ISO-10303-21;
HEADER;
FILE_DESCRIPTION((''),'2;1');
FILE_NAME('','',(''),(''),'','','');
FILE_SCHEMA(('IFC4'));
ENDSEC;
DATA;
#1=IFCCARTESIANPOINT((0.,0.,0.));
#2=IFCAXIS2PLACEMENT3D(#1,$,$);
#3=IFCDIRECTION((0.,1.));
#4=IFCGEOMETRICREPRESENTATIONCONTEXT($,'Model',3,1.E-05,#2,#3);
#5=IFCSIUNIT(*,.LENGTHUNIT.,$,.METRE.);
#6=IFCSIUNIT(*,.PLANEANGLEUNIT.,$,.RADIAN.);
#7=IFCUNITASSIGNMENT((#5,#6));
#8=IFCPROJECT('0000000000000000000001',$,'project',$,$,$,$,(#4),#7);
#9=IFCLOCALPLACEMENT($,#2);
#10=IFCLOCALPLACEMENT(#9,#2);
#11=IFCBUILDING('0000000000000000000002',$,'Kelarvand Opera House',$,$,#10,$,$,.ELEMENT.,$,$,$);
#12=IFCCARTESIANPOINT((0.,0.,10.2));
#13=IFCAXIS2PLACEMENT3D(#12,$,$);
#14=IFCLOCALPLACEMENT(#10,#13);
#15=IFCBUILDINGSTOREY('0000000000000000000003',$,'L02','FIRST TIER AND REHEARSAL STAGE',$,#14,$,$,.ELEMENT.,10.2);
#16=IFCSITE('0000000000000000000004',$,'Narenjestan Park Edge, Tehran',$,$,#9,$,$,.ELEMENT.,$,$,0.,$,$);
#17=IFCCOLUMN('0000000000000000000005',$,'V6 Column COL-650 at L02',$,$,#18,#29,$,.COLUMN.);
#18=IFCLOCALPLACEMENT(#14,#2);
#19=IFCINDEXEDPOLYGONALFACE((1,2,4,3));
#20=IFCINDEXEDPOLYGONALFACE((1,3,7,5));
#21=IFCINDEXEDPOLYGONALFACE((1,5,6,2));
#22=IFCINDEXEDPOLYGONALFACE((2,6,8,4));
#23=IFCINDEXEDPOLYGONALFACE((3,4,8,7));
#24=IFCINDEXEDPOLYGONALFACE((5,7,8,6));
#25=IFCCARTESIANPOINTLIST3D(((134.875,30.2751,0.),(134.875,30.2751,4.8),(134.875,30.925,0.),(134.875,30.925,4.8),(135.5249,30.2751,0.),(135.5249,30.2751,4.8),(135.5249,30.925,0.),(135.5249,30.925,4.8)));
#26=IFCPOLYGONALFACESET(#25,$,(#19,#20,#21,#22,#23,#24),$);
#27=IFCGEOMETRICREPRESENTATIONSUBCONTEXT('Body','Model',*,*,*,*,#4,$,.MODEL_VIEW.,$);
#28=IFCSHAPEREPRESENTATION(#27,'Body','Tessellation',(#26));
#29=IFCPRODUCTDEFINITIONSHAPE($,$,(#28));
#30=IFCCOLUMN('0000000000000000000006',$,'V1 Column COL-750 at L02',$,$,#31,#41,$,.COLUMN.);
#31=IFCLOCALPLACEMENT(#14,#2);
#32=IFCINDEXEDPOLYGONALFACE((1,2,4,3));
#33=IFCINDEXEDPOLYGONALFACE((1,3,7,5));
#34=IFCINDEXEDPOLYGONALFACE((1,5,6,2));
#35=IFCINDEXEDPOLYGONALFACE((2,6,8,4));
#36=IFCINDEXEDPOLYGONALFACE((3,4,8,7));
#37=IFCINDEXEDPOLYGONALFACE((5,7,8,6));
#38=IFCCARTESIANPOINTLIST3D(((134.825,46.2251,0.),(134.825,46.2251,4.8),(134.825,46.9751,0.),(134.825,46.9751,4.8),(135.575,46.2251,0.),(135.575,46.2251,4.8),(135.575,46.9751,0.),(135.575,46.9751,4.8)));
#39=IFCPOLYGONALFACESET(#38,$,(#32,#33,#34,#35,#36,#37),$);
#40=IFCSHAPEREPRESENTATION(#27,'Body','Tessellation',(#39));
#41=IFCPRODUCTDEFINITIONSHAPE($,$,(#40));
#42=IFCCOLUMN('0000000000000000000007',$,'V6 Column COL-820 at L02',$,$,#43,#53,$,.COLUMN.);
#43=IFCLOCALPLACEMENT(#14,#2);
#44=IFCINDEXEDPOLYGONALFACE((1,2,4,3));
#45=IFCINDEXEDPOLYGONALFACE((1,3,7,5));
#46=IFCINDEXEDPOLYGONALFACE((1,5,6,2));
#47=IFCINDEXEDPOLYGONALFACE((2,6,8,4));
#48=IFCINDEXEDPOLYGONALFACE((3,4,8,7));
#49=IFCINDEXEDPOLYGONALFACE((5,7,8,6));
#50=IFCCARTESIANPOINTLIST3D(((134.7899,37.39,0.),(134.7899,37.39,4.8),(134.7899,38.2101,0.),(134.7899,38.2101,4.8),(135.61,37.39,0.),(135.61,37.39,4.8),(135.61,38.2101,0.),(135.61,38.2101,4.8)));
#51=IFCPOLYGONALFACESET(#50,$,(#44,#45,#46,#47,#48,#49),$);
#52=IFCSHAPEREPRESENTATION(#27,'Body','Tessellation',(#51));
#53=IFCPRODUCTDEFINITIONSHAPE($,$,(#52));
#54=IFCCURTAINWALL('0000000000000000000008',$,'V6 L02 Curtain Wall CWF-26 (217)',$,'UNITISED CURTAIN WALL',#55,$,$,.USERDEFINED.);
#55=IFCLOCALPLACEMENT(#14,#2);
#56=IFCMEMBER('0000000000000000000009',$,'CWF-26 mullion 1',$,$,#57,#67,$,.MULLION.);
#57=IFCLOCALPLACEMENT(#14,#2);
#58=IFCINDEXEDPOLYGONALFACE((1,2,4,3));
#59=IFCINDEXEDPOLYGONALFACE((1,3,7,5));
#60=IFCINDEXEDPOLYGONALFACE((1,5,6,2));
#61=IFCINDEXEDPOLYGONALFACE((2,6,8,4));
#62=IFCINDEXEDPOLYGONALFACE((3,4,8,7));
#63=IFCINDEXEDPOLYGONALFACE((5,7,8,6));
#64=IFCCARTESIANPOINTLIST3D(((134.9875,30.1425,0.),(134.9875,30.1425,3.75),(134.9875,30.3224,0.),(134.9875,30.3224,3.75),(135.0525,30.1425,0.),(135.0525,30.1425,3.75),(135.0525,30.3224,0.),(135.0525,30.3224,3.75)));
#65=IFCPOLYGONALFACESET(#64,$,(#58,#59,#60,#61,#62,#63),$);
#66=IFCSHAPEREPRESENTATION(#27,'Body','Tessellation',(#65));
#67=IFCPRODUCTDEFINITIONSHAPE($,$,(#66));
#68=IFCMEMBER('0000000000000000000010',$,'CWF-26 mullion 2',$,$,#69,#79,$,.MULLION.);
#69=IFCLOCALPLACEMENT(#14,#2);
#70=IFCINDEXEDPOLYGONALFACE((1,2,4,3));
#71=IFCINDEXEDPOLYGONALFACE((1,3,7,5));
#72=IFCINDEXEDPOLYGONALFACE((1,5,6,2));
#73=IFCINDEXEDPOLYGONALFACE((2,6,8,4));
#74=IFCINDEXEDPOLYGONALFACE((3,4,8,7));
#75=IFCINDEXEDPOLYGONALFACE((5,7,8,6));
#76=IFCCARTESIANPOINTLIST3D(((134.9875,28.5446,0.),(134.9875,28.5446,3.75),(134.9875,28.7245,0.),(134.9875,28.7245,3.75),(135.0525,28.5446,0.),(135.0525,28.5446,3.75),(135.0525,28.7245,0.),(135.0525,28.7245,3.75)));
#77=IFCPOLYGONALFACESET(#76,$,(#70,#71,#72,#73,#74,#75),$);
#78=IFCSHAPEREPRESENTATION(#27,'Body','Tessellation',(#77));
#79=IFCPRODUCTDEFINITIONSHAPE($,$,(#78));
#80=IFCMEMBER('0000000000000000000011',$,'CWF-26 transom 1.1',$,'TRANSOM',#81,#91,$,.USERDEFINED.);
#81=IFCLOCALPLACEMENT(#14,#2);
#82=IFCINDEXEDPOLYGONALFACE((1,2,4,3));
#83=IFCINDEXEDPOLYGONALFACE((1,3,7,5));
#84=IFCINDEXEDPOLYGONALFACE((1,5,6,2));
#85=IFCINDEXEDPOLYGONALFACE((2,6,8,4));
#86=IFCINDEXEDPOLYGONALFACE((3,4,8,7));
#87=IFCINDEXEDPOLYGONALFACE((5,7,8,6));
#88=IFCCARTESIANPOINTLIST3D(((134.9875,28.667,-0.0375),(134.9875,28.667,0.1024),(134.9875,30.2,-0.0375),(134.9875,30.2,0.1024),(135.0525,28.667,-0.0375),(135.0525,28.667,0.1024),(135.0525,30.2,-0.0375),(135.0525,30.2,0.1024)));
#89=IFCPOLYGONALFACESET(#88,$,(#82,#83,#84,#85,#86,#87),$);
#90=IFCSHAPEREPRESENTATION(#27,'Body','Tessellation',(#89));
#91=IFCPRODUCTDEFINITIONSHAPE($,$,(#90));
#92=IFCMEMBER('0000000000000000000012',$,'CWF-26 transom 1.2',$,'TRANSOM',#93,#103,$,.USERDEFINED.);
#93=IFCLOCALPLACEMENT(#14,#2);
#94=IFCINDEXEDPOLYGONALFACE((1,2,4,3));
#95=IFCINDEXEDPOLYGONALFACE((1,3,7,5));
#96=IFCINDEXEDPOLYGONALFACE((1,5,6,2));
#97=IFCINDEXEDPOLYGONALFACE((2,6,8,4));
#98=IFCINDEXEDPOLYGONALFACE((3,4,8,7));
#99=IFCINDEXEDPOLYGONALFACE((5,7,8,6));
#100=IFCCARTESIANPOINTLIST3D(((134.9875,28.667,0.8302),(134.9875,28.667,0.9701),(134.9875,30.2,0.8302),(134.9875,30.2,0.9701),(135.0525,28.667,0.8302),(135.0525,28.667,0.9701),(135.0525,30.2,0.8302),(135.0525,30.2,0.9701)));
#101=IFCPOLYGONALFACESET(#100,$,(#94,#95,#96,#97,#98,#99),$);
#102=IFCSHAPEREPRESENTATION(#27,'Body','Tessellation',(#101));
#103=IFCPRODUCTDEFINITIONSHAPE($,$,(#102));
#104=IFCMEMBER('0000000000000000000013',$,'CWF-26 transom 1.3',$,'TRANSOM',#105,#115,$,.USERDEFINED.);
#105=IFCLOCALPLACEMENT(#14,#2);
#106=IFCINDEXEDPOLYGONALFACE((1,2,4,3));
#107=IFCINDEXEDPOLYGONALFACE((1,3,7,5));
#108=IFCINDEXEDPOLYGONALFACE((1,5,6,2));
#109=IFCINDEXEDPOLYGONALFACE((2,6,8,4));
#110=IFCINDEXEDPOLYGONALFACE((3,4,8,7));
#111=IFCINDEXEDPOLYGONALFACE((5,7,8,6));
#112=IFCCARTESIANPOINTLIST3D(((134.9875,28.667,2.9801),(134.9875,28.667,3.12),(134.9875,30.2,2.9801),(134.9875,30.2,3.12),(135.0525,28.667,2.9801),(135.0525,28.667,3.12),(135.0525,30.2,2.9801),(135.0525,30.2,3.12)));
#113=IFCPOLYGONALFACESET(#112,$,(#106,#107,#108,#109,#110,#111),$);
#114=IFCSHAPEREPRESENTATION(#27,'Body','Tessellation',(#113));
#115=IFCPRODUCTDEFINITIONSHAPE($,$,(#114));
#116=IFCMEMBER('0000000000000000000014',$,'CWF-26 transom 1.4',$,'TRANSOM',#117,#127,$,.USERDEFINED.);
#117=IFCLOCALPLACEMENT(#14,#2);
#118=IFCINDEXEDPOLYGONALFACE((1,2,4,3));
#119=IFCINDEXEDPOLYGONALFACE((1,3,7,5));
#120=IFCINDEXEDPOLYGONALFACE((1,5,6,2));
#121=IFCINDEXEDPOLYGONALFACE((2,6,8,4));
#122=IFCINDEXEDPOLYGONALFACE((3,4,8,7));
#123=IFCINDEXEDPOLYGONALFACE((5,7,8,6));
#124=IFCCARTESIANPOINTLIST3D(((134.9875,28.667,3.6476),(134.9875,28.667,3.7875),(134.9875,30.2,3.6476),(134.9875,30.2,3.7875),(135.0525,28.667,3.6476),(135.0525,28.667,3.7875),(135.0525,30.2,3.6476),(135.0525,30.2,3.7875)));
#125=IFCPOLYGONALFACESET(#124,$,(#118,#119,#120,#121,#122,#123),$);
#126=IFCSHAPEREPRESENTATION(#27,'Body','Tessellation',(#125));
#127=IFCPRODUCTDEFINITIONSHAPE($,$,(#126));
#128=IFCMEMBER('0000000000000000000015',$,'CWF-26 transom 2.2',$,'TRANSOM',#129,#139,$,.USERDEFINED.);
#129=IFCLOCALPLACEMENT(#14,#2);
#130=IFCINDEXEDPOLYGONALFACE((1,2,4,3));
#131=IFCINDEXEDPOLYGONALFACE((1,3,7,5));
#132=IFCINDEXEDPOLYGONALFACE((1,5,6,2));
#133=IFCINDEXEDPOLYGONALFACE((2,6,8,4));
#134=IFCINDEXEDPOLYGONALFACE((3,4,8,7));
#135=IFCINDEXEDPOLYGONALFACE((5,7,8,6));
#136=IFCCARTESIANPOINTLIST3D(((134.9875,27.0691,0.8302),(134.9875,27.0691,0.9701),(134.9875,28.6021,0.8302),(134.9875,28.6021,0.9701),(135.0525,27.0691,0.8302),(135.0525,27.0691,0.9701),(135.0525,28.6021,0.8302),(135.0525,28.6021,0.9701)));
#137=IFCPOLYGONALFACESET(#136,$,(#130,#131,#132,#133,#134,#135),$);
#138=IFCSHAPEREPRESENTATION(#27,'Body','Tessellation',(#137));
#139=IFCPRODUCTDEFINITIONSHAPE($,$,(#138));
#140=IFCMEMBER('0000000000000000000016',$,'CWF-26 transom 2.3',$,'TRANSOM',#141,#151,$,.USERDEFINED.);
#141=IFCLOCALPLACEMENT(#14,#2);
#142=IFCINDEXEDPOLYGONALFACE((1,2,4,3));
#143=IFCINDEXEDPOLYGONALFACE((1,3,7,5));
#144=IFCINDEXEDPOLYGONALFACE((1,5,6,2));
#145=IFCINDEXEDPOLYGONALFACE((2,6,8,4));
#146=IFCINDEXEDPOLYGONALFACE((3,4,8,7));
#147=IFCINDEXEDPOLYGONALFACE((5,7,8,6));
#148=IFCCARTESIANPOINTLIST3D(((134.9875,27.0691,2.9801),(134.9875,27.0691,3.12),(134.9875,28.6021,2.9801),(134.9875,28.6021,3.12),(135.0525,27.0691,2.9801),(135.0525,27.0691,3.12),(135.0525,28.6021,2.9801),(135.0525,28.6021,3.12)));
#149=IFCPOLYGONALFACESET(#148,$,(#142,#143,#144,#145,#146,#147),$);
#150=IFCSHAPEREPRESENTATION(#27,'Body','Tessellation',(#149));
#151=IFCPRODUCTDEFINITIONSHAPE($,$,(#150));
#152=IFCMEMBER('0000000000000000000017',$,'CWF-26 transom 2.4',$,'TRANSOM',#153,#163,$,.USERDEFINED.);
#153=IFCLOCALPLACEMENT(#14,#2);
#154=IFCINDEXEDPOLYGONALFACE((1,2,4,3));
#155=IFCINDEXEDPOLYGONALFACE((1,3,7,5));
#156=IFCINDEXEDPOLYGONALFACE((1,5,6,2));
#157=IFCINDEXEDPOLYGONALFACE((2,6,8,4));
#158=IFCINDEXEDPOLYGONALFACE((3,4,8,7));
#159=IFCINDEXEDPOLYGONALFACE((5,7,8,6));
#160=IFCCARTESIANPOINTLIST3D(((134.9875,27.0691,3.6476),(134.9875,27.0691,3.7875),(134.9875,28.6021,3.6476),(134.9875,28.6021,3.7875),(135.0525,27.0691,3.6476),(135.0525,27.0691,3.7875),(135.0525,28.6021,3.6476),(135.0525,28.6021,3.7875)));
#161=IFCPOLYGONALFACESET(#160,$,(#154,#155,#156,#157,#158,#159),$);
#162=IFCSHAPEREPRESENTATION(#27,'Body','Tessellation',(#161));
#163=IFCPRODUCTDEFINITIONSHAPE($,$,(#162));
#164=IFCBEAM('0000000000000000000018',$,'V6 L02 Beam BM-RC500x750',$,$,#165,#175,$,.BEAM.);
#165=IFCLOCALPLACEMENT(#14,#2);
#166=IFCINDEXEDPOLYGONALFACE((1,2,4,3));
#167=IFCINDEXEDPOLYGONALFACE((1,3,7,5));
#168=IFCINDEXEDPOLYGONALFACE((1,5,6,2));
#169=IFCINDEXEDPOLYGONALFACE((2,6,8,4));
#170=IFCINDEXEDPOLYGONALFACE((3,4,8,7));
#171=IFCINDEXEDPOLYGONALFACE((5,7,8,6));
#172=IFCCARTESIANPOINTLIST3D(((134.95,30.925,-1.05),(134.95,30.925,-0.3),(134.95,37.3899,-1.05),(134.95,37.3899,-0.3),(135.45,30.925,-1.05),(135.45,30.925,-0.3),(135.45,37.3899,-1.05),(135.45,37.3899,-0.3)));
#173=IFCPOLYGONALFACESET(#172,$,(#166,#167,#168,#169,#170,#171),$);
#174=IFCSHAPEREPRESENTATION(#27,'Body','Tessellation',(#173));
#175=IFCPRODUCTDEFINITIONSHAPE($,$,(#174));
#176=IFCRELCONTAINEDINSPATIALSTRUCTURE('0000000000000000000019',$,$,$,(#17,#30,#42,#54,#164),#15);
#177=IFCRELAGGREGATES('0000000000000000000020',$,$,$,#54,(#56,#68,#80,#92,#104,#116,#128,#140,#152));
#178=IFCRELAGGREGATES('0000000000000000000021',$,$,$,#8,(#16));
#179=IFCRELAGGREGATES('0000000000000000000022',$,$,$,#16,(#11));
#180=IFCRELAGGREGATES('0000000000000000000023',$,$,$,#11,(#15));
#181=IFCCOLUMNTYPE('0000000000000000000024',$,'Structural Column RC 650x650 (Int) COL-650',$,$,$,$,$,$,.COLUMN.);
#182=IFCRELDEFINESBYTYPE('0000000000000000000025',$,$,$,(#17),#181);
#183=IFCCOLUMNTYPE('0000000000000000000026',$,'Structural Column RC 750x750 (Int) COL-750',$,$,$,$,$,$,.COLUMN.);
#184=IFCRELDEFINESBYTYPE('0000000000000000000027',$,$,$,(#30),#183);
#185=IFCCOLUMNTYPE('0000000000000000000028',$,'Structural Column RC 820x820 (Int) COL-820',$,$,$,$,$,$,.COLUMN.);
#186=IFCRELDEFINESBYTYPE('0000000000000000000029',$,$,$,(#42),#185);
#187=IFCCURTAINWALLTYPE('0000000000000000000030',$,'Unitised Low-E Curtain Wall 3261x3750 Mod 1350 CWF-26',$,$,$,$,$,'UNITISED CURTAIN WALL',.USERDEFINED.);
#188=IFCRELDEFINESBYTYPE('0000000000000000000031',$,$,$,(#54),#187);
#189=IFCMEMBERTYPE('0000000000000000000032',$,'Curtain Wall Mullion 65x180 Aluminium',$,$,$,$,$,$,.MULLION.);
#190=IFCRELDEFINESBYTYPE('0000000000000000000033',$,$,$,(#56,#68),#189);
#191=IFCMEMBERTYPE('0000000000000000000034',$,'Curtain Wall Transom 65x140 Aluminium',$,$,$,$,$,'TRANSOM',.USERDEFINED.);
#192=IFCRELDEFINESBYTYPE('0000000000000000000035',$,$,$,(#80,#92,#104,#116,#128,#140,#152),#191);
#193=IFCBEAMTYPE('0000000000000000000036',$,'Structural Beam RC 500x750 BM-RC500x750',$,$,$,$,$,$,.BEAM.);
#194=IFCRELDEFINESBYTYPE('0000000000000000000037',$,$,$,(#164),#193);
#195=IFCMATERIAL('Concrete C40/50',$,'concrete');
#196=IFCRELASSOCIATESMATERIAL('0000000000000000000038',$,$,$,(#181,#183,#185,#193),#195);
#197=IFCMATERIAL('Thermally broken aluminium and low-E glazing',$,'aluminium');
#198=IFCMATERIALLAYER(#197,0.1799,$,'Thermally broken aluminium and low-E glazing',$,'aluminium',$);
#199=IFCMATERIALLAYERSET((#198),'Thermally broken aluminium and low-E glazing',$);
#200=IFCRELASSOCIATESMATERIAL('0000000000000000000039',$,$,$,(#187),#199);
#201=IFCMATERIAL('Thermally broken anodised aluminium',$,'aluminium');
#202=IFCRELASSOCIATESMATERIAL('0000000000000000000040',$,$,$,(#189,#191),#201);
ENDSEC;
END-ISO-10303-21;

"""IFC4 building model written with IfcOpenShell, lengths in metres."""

from ifc_helpers import new_model, si_unit, direction, frame, origin, origin_2d, place, context, subcontext, project, spatial, rectangle, extrude, material, layer, layer_set, material_profile, profile_set, type_object, element, aggregate, save


model = new_model("IFC4")

# Units and contexts
model_context = context("Model", 3, precision=1e-05, world=origin(), true_north=direction((0.0, 1.0)))
body_context = subcontext(model_context, "Body", "Model", "MODEL_VIEW")
ifc_project = project(units=[si_unit("LENGTHUNIT", "METRE"), si_unit("PLANEANGLEUNIT", "RADIAN")], contexts=[model_context])

# Site, building, storey
site_placement = place(None, origin())
site = spatial("IfcSite", under=ifc_project, at=site_placement, Name="Narenjestan Park Edge, Tehran", CompositionType="ELEMENT", RefElevation=0.0)
building_placement = place(site_placement, origin())
building = spatial("IfcBuilding", under=site, at=building_placement, Name="Kelarvand Opera House", CompositionType="ELEMENT")
storey_placement = place(building_placement, frame((0.0, 0.0, 10.2)))
storey = spatial("IfcBuildingStorey", under=building, at=storey_placement, Name="L02", Description="FIRST TIER AND REHEARSAL STAGE", CompositionType="ELEMENT", Elevation=10.2)

# Columns
ifc_material_1 = material(Name="Concrete C40/50", Category="concrete")
ifc_material_profile_1 = material_profile(ifc_material_1, rectangle(XDim=0.6499, YDim=0.6499, at=origin_2d()), Name="RC 650x650", Category="concrete")
ifc_profile_set_1 = profile_set([ifc_material_profile_1], Name="Concrete C40/50")
column_type_1 = type_object("IfcColumnType", Name="Structural Column RC 650x650 (Int) COL-650", PredefinedType="COLUMN", material=ifc_profile_set_1)
column_1_placement = place(storey_placement, frame((135.2, 30.6001, 0.0), z_axis=(0.0, 0.0, 1.0), x_axis=(1.0, 0.0, 0.0)))
element("IfcColumn", 1, at=column_1_placement, inside=storey, type_object=column_type_1, Name="V6 Column COL-650 at L02", PredefinedType="COLUMN", context=body_context, shape_type="SweptSolid", body=[
    extrude(rectangle(XDim=0.6499, YDim=0.6499, at=origin_2d()), origin(), (0.0, 0.0, 1.0), 4.8),
])
ifc_material_profile_2 = material_profile(ifc_material_1, rectangle(XDim=0.75, YDim=0.75, at=origin_2d()), Name="RC 750x750", Category="concrete")
ifc_profile_set_2 = profile_set([ifc_material_profile_2], Name="Concrete C40/50")
column_type_2 = type_object("IfcColumnType", Name="Structural Column RC 750x750 (Int) COL-750", PredefinedType="COLUMN", material=ifc_profile_set_2)
column_2_placement = place(storey_placement, frame((135.2, 46.6001, 0.0), z_axis=(0.0, 0.0, 1.0), x_axis=(1.0, 0.0, 0.0)))
element("IfcColumn", 2, at=column_2_placement, inside=storey, type_object=column_type_2, Name="V1 Column COL-750 at L02", PredefinedType="COLUMN", context=body_context, shape_type="SweptSolid", body=[
    extrude(rectangle(XDim=0.75, YDim=0.75, at=origin_2d()), origin(), (0.0, 0.0, 1.0), 4.8),
])
ifc_material_profile_3 = material_profile(ifc_material_1, rectangle(XDim=0.8201, YDim=0.8201, at=origin_2d()), Name="RC 820x820", Category="concrete")
ifc_profile_set_3 = profile_set([ifc_material_profile_3], Name="Concrete C40/50")
column_type_3 = type_object("IfcColumnType", Name="Structural Column RC 820x820 (Int) COL-820", PredefinedType="COLUMN", material=ifc_profile_set_3)
column_3_placement = place(storey_placement, frame((135.2, 37.8, 0.0), z_axis=(0.0, 0.0, 1.0), x_axis=(1.0, 0.0, 0.0)))
element("IfcColumn", 3, at=column_3_placement, inside=storey, type_object=column_type_3, Name="V6 Column COL-820 at L02", PredefinedType="COLUMN", context=body_context, shape_type="SweptSolid", body=[
    extrude(rectangle(XDim=0.8201, YDim=0.8201, at=origin_2d()), origin(), (0.0, 0.0, 1.0), 4.8),
])

# Curtain wall, members
ifc_material_2 = material(Name="Thermally broken aluminium and low-E glazing", Category="aluminium")
ifc_layer_1 = layer(ifc_material_2, 0.1799, Name="Thermally broken aluminium and low-E glazing", Category="aluminium")
ifc_layer_set_1 = layer_set([ifc_layer_1], Name="Thermally broken aluminium and low-E glazing")
curtain_wall_type = type_object("IfcCurtainWallType", Name="Unitised Low-E Curtain Wall 3261x3750 Mod 1350 CWF-26", ElementType="UNITISED CURTAIN WALL", PredefinedType="USERDEFINED", material=ifc_layer_set_1)
curtain_wall_placement = place(storey_placement, origin())
curtain_wall = element("IfcCurtainWall", 4, at=curtain_wall_placement, inside=storey, type_object=curtain_wall_type, Name="V6 L02 Curtain Wall CWF-26 (217)", ObjectType="UNITISED CURTAIN WALL", PredefinedType="USERDEFINED")
ifc_material_3 = material(Name="Thermally broken anodised aluminium", Category="aluminium")
ifc_material_profile_4 = material_profile(ifc_material_3, rectangle(XDim=0.0649, YDim=0.1799, at=origin_2d()), Name="ALU MULLION 65x180", Category="aluminium")
ifc_profile_set_4 = profile_set([ifc_material_profile_4], Name="Thermally broken anodised aluminium")
member_type_1 = type_object("IfcMemberType", Name="Curtain Wall Mullion 65x180 Aluminium", PredefinedType="MULLION", material=ifc_profile_set_4)
member_1_placement = place(storey_placement, frame((135.02, 30.2324, 0.0), z_axis=(0.0, 0.0, 1.0), x_axis=(1.0, 0.0, 0.0)))
member_1 = element("IfcMember", 5, at=member_1_placement, type_object=member_type_1, Name="CWF-26 mullion 1", PredefinedType="MULLION", context=body_context, shape_type="SweptSolid", body=[
    extrude(rectangle(XDim=0.0649, YDim=0.1799, at=origin_2d()), origin(), (0.0, 0.0, 1.0), 3.75),
])
member_2_placement = place(storey_placement, frame((135.02, 28.6345, 0.0), z_axis=(0.0, 0.0, 1.0), x_axis=(1.0, 0.0, 0.0)))
member_2 = element("IfcMember", 6, at=member_2_placement, type_object=member_type_1, Name="CWF-26 mullion 2", PredefinedType="MULLION", context=body_context, shape_type="SweptSolid", body=[
    extrude(rectangle(XDim=0.0649, YDim=0.1799, at=origin_2d()), origin(), (0.0, 0.0, 1.0), 3.75),
])
ifc_material_profile_5 = material_profile(ifc_material_3, rectangle(XDim=0.0649, YDim=0.1399, at=origin_2d()), Name="ALU TRANSOM 65x140", Category="aluminium")
ifc_profile_set_5 = profile_set([ifc_material_profile_5], Name="Thermally broken anodised aluminium")
member_type_2 = type_object("IfcMemberType", Name="Curtain Wall Transom 65x140 Aluminium", ElementType="TRANSOM", PredefinedType="USERDEFINED", material=ifc_profile_set_5)
member_3_placement = place(storey_placement, frame((135.02, 30.2, 0.0325), z_axis=(0.0, -1.0, 0.0), x_axis=(1.0, 0.0, 0.0)))
member_3 = element("IfcMember", 7, at=member_3_placement, type_object=member_type_2, Name="CWF-26 transom 1.1", ObjectType="TRANSOM", PredefinedType="USERDEFINED", context=body_context, shape_type="SweptSolid", body=[
    extrude(rectangle(XDim=0.0649, YDim=0.1399, at=origin_2d()), origin(), (0.0, 0.0, 1.0), 1.533),
])
member_4_placement = place(storey_placement, frame((135.02, 30.2, 0.9001), z_axis=(0.0, -1.0, 0.0), x_axis=(1.0, 0.0, 0.0)))
member_4 = element("IfcMember", 8, at=member_4_placement, type_object=member_type_2, Name="CWF-26 transom 1.2", ObjectType="TRANSOM", PredefinedType="USERDEFINED", context=body_context, shape_type="SweptSolid", body=[
    extrude(rectangle(XDim=0.0649, YDim=0.1399, at=origin_2d()), origin(), (0.0, 0.0, 1.0), 1.533),
])
member_5_placement = place(storey_placement, frame((135.02, 30.2, 3.05), z_axis=(0.0, -1.0, 0.0), x_axis=(1.0, 0.0, 0.0)))
member_5 = element("IfcMember", 9, at=member_5_placement, type_object=member_type_2, Name="CWF-26 transom 1.3", ObjectType="TRANSOM", PredefinedType="USERDEFINED", context=body_context, shape_type="SweptSolid", body=[
    extrude(rectangle(XDim=0.0649, YDim=0.1399, at=origin_2d()), origin(), (0.0, 0.0, 1.0), 1.533),
])
member_6_placement = place(storey_placement, frame((135.02, 30.2, 3.7175), z_axis=(0.0, -1.0, 0.0), x_axis=(1.0, 0.0, 0.0)))
member_6 = element("IfcMember", 10, at=member_6_placement, type_object=member_type_2, Name="CWF-26 transom 1.4", ObjectType="TRANSOM", PredefinedType="USERDEFINED", context=body_context, shape_type="SweptSolid", body=[
    extrude(rectangle(XDim=0.0649, YDim=0.1399, at=origin_2d()), origin(), (0.0, 0.0, 1.0), 1.533),
])
member_7_placement = place(storey_placement, frame((135.02, 28.6021, 0.9001), z_axis=(0.0, -1.0, 0.0), x_axis=(1.0, 0.0, 0.0)))
member_7 = element("IfcMember", 11, at=member_7_placement, type_object=member_type_2, Name="CWF-26 transom 2.2", ObjectType="TRANSOM", PredefinedType="USERDEFINED", context=body_context, shape_type="SweptSolid", body=[
    extrude(rectangle(XDim=0.0649, YDim=0.1399, at=origin_2d()), origin(), (0.0, 0.0, 1.0), 1.533),
])
member_8_placement = place(storey_placement, frame((135.02, 28.6021, 3.05), z_axis=(0.0, -1.0, 0.0), x_axis=(1.0, 0.0, 0.0)))
member_8 = element("IfcMember", 12, at=member_8_placement, type_object=member_type_2, Name="CWF-26 transom 2.3", ObjectType="TRANSOM", PredefinedType="USERDEFINED", context=body_context, shape_type="SweptSolid", body=[
    extrude(rectangle(XDim=0.0649, YDim=0.1399, at=origin_2d()), origin(), (0.0, 0.0, 1.0), 1.533),
])
member_9_placement = place(storey_placement, frame((135.02, 28.6021, 3.7175), z_axis=(0.0, -1.0, 0.0), x_axis=(1.0, 0.0, 0.0)))
member_9 = element("IfcMember", 13, at=member_9_placement, type_object=member_type_2, Name="CWF-26 transom 2.4", ObjectType="TRANSOM", PredefinedType="USERDEFINED", context=body_context, shape_type="SweptSolid", body=[
    extrude(rectangle(XDim=0.0649, YDim=0.1399, at=origin_2d()), origin(), (0.0, 0.0, 1.0), 1.533),
])

# Beam
ifc_material_profile_6 = material_profile(ifc_material_1, rectangle(XDim=0.5, YDim=0.75, at=origin_2d()), Name="RC 500x750", Category="concrete")
ifc_profile_set_6 = profile_set([ifc_material_profile_6], Name="Concrete C40/50")
beam_type_1 = type_object("IfcBeamType", Name="Structural Beam RC 500x750 BM-RC500x750", PredefinedType="BEAM", material=ifc_profile_set_6)
beam_1_placement = place(storey_placement, frame((135.2, 30.925, -0.675), z_axis=(0.0, 1.0, 0.0), x_axis=(-1.0, 0.0, 0.0)))
element("IfcBeam", 14, at=beam_1_placement, inside=storey, type_object=beam_type_1, Name="V6 L02 Beam BM-RC500x750", PredefinedType="BEAM", context=body_context, shape_type="SweptSolid", body=[
    extrude(rectangle(XDim=0.5, YDim=0.75, at=origin_2d()), origin(), (0.0, 0.0, 1.0), 6.4648),
])

aggregate(curtain_wall, [member_1, member_2, member_3, member_4, member_5, member_6, member_7, member_8, member_9])

save(model, "model.ifc")
